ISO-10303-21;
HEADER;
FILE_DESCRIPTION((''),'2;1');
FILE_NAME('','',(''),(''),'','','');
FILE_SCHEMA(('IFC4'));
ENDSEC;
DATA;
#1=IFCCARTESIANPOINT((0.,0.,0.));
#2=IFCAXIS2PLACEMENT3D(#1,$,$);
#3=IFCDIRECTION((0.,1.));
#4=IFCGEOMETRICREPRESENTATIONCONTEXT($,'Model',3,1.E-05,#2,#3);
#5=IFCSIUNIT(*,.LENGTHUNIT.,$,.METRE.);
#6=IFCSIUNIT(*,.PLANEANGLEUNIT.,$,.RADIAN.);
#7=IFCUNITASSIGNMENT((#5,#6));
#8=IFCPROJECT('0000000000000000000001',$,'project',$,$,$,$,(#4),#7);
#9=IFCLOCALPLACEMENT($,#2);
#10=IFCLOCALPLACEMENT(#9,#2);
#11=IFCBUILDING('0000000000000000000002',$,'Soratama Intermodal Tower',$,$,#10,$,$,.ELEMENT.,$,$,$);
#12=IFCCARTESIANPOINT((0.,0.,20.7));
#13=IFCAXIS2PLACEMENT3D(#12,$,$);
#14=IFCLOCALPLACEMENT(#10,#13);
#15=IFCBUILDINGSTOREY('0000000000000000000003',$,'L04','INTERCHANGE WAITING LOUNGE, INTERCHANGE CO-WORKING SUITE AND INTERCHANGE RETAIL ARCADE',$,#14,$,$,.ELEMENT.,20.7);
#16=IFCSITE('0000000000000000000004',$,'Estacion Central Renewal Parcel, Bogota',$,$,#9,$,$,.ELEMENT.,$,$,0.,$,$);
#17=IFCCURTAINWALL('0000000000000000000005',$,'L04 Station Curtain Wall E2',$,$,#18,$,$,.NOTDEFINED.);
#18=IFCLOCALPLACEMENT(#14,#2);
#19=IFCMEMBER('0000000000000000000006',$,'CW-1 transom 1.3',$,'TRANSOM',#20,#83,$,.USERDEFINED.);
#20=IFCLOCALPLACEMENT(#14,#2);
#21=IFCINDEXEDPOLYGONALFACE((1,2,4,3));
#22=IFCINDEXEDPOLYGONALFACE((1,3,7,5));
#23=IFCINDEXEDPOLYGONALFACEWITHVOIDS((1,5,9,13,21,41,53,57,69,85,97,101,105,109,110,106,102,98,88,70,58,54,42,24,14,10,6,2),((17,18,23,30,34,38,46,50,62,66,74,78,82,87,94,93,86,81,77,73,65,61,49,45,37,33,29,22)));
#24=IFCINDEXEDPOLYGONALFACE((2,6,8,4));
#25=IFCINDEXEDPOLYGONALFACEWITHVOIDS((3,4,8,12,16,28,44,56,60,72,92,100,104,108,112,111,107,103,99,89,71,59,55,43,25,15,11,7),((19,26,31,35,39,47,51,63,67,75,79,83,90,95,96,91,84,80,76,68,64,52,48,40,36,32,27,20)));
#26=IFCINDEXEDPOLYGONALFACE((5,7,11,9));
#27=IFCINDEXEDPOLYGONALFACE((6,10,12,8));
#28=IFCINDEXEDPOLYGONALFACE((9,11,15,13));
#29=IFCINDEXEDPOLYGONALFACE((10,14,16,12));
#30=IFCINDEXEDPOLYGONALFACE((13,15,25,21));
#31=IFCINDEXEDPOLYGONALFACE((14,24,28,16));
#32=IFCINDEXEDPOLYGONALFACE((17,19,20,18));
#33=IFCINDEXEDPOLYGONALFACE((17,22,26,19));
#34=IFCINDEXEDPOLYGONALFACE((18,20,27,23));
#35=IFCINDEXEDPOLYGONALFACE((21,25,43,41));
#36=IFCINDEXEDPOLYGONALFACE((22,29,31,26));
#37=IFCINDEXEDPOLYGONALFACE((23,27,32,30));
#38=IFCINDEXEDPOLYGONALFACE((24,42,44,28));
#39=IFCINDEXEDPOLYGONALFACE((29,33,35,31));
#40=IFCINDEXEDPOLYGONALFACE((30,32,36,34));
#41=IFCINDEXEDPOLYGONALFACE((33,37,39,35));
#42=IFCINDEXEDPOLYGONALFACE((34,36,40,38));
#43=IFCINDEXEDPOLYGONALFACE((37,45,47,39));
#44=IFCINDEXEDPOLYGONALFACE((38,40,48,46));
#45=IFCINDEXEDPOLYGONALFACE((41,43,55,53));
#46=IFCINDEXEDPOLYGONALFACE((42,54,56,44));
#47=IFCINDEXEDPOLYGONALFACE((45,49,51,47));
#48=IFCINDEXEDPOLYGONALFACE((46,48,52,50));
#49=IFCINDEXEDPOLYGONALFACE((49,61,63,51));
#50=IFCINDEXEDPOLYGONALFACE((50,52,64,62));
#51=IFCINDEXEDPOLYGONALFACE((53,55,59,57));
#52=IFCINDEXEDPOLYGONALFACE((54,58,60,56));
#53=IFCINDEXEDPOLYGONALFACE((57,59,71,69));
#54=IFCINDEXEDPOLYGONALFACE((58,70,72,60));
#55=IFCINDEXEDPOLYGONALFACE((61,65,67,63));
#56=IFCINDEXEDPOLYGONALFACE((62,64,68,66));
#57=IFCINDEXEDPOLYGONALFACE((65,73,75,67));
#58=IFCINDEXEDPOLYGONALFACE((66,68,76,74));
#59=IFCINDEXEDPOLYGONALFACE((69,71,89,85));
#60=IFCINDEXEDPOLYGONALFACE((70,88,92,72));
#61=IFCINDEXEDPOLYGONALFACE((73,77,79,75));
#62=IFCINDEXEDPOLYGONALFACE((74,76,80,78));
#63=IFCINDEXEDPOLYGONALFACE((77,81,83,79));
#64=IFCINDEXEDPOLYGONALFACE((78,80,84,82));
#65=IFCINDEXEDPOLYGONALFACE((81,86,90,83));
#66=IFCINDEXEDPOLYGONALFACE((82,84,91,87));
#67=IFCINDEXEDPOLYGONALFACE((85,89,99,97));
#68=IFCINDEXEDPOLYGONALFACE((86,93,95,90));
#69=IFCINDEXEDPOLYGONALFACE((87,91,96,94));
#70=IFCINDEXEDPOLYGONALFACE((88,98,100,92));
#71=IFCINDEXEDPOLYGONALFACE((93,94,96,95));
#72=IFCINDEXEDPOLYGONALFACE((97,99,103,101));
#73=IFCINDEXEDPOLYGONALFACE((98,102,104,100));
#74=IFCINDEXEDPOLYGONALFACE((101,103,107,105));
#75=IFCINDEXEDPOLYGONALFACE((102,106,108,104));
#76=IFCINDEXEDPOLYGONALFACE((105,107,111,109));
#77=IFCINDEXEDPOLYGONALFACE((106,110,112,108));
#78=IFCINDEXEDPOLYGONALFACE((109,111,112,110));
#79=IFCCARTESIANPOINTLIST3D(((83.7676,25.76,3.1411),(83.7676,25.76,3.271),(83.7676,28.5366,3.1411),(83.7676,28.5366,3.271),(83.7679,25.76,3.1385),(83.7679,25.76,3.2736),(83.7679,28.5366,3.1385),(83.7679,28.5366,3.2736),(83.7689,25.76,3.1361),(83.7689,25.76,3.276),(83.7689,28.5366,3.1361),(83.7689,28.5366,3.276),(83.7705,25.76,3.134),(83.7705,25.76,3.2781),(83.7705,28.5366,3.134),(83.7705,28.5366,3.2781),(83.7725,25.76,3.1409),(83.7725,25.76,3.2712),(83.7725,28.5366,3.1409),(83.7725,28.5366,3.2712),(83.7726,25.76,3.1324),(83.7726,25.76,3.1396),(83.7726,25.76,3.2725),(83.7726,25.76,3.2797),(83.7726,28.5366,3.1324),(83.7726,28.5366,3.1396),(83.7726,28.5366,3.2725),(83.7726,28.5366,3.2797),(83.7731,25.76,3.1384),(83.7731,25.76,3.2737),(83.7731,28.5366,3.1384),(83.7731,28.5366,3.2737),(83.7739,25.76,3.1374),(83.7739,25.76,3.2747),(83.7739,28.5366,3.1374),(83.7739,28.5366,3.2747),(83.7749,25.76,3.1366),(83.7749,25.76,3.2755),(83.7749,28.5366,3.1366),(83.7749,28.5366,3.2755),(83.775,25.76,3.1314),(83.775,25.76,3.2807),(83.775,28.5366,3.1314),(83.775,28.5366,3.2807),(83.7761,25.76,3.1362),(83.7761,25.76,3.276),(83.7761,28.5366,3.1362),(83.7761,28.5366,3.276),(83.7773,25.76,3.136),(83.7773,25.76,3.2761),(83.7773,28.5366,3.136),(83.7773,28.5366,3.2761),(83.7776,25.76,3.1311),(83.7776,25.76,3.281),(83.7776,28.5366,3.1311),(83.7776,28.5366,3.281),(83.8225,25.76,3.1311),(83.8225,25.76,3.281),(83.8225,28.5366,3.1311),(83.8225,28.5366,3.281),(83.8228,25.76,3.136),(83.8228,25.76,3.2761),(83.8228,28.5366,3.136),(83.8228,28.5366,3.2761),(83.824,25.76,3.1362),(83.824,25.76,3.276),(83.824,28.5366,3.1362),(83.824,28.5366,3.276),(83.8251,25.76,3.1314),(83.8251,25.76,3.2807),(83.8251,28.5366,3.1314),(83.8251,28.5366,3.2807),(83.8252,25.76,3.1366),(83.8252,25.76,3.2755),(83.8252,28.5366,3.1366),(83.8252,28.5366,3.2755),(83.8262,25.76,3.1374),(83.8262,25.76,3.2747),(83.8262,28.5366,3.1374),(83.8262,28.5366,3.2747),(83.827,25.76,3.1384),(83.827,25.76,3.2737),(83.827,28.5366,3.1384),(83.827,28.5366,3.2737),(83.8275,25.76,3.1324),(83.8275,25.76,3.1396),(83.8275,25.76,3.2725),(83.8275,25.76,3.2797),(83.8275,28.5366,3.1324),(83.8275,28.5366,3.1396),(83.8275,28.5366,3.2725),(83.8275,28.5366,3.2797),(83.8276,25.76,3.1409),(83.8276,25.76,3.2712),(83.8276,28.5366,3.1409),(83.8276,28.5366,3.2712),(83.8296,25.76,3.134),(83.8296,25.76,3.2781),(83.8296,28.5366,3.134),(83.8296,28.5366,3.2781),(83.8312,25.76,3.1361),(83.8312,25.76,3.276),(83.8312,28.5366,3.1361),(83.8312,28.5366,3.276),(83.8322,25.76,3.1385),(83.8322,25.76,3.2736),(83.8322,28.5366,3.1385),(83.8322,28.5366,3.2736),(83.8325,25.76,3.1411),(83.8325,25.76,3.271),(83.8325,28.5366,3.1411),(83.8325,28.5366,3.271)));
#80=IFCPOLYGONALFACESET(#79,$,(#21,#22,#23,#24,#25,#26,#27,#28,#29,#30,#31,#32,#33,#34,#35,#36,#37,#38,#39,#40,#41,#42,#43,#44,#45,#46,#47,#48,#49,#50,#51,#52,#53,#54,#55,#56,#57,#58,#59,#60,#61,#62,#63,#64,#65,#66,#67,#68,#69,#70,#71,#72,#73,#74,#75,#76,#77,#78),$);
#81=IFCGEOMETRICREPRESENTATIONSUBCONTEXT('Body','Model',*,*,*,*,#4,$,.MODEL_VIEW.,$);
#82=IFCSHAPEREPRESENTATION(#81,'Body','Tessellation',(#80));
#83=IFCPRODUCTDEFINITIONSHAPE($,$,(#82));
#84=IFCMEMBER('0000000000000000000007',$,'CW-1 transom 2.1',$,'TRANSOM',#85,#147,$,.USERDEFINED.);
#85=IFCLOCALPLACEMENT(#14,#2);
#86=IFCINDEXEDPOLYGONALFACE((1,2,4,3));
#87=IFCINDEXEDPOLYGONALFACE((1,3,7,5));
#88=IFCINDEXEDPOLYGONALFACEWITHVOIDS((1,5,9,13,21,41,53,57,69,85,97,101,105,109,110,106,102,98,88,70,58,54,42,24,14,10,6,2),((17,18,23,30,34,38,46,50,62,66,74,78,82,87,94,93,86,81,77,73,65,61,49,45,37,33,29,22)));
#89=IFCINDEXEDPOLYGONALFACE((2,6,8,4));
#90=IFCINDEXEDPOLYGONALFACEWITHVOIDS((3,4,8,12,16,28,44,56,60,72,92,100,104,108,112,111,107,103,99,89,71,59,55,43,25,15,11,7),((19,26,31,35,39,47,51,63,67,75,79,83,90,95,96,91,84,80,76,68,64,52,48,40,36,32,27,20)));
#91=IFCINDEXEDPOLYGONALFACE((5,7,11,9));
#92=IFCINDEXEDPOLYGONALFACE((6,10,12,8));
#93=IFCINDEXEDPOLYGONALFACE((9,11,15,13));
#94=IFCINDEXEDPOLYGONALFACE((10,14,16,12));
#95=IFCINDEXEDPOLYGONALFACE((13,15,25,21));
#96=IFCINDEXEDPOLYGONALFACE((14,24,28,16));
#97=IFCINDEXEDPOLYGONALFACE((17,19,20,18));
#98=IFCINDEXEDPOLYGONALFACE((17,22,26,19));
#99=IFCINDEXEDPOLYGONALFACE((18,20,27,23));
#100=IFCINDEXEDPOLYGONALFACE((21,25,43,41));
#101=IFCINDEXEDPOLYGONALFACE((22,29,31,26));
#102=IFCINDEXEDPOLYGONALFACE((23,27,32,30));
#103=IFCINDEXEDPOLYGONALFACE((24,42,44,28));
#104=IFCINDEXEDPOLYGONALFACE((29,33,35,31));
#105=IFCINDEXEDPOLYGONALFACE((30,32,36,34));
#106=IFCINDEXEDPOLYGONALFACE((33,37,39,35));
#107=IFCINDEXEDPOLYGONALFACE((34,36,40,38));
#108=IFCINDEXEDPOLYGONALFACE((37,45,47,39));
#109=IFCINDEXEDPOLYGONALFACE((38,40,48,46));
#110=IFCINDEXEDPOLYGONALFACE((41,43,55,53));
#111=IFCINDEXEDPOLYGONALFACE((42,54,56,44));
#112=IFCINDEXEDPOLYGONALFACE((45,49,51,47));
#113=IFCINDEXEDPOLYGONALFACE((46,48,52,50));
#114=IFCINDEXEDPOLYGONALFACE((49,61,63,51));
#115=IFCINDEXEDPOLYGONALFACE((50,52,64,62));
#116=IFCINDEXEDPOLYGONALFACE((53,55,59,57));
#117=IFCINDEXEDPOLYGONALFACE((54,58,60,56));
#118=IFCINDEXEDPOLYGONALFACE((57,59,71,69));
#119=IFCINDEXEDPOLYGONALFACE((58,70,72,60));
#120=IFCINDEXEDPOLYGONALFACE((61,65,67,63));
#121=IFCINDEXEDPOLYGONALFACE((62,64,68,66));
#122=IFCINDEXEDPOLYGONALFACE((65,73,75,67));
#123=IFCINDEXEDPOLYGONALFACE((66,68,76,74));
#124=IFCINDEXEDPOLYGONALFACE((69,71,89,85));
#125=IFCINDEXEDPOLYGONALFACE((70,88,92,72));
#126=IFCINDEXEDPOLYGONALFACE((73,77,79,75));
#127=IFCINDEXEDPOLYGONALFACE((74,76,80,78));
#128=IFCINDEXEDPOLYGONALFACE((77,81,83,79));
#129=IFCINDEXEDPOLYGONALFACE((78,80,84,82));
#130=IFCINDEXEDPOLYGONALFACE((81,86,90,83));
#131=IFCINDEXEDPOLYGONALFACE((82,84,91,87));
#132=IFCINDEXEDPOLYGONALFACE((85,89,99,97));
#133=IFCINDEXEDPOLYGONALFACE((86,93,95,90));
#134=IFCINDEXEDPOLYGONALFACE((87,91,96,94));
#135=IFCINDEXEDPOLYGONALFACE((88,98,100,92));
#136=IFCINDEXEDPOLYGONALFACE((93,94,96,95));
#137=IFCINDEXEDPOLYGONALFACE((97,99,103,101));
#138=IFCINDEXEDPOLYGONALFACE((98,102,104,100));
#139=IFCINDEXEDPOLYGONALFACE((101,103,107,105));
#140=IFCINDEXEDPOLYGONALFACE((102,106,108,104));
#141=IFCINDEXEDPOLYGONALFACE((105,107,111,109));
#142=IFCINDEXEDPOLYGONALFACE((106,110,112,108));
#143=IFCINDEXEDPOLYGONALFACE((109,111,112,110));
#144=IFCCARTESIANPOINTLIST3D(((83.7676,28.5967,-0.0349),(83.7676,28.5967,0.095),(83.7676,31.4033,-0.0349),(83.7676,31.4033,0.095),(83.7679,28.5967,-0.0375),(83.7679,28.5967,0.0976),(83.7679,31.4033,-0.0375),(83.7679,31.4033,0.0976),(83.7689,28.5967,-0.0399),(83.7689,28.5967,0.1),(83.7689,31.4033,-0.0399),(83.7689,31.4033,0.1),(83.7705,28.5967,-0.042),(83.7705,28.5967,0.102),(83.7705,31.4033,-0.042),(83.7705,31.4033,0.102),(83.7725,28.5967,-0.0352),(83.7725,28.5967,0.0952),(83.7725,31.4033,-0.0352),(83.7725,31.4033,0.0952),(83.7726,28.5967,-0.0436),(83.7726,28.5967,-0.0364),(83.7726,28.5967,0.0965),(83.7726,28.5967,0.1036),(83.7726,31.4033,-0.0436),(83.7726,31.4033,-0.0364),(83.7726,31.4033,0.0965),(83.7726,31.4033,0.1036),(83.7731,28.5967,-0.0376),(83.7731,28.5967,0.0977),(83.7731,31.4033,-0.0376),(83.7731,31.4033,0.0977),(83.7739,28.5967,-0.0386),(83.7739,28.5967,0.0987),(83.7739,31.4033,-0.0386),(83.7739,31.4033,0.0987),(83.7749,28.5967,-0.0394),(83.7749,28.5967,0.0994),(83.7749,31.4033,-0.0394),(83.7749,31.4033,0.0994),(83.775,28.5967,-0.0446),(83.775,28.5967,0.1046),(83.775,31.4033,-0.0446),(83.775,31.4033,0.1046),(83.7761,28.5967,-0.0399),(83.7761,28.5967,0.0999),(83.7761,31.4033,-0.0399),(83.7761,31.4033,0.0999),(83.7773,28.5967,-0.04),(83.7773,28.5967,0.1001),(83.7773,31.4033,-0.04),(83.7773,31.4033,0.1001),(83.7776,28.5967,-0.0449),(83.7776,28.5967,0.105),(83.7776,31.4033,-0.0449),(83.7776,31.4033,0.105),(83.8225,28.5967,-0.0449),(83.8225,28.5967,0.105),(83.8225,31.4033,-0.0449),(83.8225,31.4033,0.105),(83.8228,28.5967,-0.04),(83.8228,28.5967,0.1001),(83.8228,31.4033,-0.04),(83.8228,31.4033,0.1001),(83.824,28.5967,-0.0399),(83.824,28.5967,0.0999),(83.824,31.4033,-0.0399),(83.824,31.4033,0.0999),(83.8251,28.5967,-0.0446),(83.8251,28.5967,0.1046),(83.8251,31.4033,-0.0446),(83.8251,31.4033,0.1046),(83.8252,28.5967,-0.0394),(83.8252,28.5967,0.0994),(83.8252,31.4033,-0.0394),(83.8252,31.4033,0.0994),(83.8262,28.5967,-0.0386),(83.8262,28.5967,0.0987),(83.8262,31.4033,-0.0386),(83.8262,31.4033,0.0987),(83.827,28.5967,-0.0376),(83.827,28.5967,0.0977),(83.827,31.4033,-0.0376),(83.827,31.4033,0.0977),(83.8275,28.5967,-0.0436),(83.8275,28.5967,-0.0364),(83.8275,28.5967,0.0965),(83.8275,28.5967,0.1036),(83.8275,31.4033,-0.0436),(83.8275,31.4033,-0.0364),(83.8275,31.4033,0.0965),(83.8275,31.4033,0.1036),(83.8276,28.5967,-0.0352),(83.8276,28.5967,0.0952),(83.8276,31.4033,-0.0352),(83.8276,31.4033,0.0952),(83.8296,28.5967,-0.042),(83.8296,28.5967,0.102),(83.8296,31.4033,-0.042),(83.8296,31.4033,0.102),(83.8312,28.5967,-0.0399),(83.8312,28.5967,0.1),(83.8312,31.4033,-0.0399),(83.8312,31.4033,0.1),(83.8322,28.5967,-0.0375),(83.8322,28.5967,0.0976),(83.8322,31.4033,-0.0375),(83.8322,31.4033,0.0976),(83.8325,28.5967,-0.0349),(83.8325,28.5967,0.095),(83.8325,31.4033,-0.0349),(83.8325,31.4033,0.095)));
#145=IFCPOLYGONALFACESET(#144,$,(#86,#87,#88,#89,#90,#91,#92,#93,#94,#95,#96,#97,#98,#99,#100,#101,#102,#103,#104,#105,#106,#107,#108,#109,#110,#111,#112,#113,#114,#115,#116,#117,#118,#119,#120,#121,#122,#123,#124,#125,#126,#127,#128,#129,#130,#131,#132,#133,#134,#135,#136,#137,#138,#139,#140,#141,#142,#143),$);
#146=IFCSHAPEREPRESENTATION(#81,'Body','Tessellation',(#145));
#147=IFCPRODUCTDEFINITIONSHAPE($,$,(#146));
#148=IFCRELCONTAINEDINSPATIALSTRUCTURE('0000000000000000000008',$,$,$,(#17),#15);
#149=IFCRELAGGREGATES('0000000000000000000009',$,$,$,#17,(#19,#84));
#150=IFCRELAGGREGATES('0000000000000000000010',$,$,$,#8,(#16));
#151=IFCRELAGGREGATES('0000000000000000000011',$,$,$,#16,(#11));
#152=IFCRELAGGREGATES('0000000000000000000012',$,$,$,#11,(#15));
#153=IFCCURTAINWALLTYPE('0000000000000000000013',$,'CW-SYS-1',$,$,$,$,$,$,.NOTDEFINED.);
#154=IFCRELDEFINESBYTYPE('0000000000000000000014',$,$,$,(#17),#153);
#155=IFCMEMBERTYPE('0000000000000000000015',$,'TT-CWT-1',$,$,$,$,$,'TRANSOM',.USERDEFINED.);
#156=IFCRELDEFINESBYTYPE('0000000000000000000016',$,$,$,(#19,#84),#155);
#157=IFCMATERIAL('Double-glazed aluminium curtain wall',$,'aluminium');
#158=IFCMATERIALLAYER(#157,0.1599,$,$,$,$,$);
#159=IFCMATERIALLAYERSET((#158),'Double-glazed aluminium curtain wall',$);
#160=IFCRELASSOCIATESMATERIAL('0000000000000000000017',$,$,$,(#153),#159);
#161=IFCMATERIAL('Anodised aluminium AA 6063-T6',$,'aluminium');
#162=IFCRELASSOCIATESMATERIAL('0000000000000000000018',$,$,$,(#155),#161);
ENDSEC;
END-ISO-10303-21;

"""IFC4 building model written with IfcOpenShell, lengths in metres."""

from ifc_helpers import new_model, si_unit, direction, frame, origin, origin_2d, place, context, subcontext, project, spatial, hollow_rectangle, extrude, material, layer, layer_set, material_profile, profile_set, type_object, element, aggregate, save


model = new_model("IFC4")

# Units and contexts
model_context = context("Model", 3, precision=1e-05, world=origin(), true_north=direction((0.0, 1.0)))
body_context = subcontext(model_context, "Body", "Model", "MODEL_VIEW")
ifc_project = project(units=[si_unit("LENGTHUNIT", "METRE"), si_unit("PLANEANGLEUNIT", "RADIAN")], contexts=[model_context])

# Site, building, storey
site_placement = place(None, origin())
site = spatial("IfcSite", under=ifc_project, at=site_placement, Name="Estacion Central Renewal Parcel, Bogota", CompositionType="ELEMENT", RefElevation=0.0)
building_placement = place(site_placement, origin())
building = spatial("IfcBuilding", under=site, at=building_placement, Name="Soratama Intermodal Tower", CompositionType="ELEMENT")
storey_placement = place(building_placement, frame((0.0, 0.0, 20.7)))
storey = spatial("IfcBuildingStorey", under=building, at=storey_placement, Name="L04", Description="INTERCHANGE WAITING LOUNGE, INTERCHANGE CO-WORKING SUITE AND INTERCHANGE RETAIL ARCADE", CompositionType="ELEMENT", Elevation=20.7)

# Curtain wall, members
ifc_material_1 = material(Name="Double-glazed aluminium curtain wall", Category="aluminium")
ifc_layer_1 = layer(ifc_material_1, 0.1599)
ifc_layer_set_1 = layer_set([ifc_layer_1], Name="Double-glazed aluminium curtain wall")
curtain_wall_type = type_object("IfcCurtainWallType", Name="CW-SYS-1", PredefinedType="NOTDEFINED", material=ifc_layer_set_1)
curtain_wall_placement = place(storey_placement, origin())
curtain_wall = element("IfcCurtainWall", 1, at=curtain_wall_placement, inside=storey, type_object=curtain_wall_type, Name="L04 Station Curtain Wall E2", PredefinedType="NOTDEFINED")
ifc_material_2 = material(Name="Anodised aluminium AA 6063-T6", Category="aluminium")
ifc_material_profile_1 = material_profile(ifc_material_2, hollow_rectangle(XDim=0.0649, YDim=0.1499, WallThickness=0.0049, InnerFilletRadius=0.0049, OuterFilletRadius=0.01, at=origin_2d()), Name="CWT150X65X5")
ifc_profile_set_1 = profile_set([ifc_material_profile_1], Name="Anodised aluminium AA 6063-T6")
member_type_1 = type_object("IfcMemberType", Name="TT-CWT-1", ElementType="TRANSOM", PredefinedType="USERDEFINED", material=ifc_profile_set_1)
member_1_placement = place(storey_placement, frame((83.8, 25.76, 3.2061), z_axis=(0.0, 1.0, 0.0), x_axis=(-1.0, 0.0, 0.0)))
member_1 = element("IfcMember", 2, at=member_1_placement, type_object=member_type_1, Name="CW-1 transom 1.3", ObjectType="TRANSOM", PredefinedType="USERDEFINED", context=body_context, shape_type="SweptSolid", body=[
    extrude(hollow_rectangle(XDim=0.0649, YDim=0.1499, WallThickness=0.0049, InnerFilletRadius=0.0049, OuterFilletRadius=0.01, at=origin_2d()), origin(), (0.0, 0.0, 1.0), 2.7766),
])
member_2_placement = place(storey_placement, frame((83.8, 28.5967, 0.03), z_axis=(0.0, 1.0, 0.0), x_axis=(-1.0, 0.0, 0.0)))
member_2 = element("IfcMember", 3, at=member_2_placement, type_object=member_type_1, Name="CW-1 transom 2.1", ObjectType="TRANSOM", PredefinedType="USERDEFINED", context=body_context, shape_type="SweptSolid", body=[
    extrude(hollow_rectangle(XDim=0.0649, YDim=0.1499, WallThickness=0.0049, InnerFilletRadius=0.0049, OuterFilletRadius=0.01, at=origin_2d()), origin(), (0.0, 0.0, 1.0), 2.8066),
])
aggregate(curtain_wall, [member_1, member_2])

save(model, "model.ifc")
